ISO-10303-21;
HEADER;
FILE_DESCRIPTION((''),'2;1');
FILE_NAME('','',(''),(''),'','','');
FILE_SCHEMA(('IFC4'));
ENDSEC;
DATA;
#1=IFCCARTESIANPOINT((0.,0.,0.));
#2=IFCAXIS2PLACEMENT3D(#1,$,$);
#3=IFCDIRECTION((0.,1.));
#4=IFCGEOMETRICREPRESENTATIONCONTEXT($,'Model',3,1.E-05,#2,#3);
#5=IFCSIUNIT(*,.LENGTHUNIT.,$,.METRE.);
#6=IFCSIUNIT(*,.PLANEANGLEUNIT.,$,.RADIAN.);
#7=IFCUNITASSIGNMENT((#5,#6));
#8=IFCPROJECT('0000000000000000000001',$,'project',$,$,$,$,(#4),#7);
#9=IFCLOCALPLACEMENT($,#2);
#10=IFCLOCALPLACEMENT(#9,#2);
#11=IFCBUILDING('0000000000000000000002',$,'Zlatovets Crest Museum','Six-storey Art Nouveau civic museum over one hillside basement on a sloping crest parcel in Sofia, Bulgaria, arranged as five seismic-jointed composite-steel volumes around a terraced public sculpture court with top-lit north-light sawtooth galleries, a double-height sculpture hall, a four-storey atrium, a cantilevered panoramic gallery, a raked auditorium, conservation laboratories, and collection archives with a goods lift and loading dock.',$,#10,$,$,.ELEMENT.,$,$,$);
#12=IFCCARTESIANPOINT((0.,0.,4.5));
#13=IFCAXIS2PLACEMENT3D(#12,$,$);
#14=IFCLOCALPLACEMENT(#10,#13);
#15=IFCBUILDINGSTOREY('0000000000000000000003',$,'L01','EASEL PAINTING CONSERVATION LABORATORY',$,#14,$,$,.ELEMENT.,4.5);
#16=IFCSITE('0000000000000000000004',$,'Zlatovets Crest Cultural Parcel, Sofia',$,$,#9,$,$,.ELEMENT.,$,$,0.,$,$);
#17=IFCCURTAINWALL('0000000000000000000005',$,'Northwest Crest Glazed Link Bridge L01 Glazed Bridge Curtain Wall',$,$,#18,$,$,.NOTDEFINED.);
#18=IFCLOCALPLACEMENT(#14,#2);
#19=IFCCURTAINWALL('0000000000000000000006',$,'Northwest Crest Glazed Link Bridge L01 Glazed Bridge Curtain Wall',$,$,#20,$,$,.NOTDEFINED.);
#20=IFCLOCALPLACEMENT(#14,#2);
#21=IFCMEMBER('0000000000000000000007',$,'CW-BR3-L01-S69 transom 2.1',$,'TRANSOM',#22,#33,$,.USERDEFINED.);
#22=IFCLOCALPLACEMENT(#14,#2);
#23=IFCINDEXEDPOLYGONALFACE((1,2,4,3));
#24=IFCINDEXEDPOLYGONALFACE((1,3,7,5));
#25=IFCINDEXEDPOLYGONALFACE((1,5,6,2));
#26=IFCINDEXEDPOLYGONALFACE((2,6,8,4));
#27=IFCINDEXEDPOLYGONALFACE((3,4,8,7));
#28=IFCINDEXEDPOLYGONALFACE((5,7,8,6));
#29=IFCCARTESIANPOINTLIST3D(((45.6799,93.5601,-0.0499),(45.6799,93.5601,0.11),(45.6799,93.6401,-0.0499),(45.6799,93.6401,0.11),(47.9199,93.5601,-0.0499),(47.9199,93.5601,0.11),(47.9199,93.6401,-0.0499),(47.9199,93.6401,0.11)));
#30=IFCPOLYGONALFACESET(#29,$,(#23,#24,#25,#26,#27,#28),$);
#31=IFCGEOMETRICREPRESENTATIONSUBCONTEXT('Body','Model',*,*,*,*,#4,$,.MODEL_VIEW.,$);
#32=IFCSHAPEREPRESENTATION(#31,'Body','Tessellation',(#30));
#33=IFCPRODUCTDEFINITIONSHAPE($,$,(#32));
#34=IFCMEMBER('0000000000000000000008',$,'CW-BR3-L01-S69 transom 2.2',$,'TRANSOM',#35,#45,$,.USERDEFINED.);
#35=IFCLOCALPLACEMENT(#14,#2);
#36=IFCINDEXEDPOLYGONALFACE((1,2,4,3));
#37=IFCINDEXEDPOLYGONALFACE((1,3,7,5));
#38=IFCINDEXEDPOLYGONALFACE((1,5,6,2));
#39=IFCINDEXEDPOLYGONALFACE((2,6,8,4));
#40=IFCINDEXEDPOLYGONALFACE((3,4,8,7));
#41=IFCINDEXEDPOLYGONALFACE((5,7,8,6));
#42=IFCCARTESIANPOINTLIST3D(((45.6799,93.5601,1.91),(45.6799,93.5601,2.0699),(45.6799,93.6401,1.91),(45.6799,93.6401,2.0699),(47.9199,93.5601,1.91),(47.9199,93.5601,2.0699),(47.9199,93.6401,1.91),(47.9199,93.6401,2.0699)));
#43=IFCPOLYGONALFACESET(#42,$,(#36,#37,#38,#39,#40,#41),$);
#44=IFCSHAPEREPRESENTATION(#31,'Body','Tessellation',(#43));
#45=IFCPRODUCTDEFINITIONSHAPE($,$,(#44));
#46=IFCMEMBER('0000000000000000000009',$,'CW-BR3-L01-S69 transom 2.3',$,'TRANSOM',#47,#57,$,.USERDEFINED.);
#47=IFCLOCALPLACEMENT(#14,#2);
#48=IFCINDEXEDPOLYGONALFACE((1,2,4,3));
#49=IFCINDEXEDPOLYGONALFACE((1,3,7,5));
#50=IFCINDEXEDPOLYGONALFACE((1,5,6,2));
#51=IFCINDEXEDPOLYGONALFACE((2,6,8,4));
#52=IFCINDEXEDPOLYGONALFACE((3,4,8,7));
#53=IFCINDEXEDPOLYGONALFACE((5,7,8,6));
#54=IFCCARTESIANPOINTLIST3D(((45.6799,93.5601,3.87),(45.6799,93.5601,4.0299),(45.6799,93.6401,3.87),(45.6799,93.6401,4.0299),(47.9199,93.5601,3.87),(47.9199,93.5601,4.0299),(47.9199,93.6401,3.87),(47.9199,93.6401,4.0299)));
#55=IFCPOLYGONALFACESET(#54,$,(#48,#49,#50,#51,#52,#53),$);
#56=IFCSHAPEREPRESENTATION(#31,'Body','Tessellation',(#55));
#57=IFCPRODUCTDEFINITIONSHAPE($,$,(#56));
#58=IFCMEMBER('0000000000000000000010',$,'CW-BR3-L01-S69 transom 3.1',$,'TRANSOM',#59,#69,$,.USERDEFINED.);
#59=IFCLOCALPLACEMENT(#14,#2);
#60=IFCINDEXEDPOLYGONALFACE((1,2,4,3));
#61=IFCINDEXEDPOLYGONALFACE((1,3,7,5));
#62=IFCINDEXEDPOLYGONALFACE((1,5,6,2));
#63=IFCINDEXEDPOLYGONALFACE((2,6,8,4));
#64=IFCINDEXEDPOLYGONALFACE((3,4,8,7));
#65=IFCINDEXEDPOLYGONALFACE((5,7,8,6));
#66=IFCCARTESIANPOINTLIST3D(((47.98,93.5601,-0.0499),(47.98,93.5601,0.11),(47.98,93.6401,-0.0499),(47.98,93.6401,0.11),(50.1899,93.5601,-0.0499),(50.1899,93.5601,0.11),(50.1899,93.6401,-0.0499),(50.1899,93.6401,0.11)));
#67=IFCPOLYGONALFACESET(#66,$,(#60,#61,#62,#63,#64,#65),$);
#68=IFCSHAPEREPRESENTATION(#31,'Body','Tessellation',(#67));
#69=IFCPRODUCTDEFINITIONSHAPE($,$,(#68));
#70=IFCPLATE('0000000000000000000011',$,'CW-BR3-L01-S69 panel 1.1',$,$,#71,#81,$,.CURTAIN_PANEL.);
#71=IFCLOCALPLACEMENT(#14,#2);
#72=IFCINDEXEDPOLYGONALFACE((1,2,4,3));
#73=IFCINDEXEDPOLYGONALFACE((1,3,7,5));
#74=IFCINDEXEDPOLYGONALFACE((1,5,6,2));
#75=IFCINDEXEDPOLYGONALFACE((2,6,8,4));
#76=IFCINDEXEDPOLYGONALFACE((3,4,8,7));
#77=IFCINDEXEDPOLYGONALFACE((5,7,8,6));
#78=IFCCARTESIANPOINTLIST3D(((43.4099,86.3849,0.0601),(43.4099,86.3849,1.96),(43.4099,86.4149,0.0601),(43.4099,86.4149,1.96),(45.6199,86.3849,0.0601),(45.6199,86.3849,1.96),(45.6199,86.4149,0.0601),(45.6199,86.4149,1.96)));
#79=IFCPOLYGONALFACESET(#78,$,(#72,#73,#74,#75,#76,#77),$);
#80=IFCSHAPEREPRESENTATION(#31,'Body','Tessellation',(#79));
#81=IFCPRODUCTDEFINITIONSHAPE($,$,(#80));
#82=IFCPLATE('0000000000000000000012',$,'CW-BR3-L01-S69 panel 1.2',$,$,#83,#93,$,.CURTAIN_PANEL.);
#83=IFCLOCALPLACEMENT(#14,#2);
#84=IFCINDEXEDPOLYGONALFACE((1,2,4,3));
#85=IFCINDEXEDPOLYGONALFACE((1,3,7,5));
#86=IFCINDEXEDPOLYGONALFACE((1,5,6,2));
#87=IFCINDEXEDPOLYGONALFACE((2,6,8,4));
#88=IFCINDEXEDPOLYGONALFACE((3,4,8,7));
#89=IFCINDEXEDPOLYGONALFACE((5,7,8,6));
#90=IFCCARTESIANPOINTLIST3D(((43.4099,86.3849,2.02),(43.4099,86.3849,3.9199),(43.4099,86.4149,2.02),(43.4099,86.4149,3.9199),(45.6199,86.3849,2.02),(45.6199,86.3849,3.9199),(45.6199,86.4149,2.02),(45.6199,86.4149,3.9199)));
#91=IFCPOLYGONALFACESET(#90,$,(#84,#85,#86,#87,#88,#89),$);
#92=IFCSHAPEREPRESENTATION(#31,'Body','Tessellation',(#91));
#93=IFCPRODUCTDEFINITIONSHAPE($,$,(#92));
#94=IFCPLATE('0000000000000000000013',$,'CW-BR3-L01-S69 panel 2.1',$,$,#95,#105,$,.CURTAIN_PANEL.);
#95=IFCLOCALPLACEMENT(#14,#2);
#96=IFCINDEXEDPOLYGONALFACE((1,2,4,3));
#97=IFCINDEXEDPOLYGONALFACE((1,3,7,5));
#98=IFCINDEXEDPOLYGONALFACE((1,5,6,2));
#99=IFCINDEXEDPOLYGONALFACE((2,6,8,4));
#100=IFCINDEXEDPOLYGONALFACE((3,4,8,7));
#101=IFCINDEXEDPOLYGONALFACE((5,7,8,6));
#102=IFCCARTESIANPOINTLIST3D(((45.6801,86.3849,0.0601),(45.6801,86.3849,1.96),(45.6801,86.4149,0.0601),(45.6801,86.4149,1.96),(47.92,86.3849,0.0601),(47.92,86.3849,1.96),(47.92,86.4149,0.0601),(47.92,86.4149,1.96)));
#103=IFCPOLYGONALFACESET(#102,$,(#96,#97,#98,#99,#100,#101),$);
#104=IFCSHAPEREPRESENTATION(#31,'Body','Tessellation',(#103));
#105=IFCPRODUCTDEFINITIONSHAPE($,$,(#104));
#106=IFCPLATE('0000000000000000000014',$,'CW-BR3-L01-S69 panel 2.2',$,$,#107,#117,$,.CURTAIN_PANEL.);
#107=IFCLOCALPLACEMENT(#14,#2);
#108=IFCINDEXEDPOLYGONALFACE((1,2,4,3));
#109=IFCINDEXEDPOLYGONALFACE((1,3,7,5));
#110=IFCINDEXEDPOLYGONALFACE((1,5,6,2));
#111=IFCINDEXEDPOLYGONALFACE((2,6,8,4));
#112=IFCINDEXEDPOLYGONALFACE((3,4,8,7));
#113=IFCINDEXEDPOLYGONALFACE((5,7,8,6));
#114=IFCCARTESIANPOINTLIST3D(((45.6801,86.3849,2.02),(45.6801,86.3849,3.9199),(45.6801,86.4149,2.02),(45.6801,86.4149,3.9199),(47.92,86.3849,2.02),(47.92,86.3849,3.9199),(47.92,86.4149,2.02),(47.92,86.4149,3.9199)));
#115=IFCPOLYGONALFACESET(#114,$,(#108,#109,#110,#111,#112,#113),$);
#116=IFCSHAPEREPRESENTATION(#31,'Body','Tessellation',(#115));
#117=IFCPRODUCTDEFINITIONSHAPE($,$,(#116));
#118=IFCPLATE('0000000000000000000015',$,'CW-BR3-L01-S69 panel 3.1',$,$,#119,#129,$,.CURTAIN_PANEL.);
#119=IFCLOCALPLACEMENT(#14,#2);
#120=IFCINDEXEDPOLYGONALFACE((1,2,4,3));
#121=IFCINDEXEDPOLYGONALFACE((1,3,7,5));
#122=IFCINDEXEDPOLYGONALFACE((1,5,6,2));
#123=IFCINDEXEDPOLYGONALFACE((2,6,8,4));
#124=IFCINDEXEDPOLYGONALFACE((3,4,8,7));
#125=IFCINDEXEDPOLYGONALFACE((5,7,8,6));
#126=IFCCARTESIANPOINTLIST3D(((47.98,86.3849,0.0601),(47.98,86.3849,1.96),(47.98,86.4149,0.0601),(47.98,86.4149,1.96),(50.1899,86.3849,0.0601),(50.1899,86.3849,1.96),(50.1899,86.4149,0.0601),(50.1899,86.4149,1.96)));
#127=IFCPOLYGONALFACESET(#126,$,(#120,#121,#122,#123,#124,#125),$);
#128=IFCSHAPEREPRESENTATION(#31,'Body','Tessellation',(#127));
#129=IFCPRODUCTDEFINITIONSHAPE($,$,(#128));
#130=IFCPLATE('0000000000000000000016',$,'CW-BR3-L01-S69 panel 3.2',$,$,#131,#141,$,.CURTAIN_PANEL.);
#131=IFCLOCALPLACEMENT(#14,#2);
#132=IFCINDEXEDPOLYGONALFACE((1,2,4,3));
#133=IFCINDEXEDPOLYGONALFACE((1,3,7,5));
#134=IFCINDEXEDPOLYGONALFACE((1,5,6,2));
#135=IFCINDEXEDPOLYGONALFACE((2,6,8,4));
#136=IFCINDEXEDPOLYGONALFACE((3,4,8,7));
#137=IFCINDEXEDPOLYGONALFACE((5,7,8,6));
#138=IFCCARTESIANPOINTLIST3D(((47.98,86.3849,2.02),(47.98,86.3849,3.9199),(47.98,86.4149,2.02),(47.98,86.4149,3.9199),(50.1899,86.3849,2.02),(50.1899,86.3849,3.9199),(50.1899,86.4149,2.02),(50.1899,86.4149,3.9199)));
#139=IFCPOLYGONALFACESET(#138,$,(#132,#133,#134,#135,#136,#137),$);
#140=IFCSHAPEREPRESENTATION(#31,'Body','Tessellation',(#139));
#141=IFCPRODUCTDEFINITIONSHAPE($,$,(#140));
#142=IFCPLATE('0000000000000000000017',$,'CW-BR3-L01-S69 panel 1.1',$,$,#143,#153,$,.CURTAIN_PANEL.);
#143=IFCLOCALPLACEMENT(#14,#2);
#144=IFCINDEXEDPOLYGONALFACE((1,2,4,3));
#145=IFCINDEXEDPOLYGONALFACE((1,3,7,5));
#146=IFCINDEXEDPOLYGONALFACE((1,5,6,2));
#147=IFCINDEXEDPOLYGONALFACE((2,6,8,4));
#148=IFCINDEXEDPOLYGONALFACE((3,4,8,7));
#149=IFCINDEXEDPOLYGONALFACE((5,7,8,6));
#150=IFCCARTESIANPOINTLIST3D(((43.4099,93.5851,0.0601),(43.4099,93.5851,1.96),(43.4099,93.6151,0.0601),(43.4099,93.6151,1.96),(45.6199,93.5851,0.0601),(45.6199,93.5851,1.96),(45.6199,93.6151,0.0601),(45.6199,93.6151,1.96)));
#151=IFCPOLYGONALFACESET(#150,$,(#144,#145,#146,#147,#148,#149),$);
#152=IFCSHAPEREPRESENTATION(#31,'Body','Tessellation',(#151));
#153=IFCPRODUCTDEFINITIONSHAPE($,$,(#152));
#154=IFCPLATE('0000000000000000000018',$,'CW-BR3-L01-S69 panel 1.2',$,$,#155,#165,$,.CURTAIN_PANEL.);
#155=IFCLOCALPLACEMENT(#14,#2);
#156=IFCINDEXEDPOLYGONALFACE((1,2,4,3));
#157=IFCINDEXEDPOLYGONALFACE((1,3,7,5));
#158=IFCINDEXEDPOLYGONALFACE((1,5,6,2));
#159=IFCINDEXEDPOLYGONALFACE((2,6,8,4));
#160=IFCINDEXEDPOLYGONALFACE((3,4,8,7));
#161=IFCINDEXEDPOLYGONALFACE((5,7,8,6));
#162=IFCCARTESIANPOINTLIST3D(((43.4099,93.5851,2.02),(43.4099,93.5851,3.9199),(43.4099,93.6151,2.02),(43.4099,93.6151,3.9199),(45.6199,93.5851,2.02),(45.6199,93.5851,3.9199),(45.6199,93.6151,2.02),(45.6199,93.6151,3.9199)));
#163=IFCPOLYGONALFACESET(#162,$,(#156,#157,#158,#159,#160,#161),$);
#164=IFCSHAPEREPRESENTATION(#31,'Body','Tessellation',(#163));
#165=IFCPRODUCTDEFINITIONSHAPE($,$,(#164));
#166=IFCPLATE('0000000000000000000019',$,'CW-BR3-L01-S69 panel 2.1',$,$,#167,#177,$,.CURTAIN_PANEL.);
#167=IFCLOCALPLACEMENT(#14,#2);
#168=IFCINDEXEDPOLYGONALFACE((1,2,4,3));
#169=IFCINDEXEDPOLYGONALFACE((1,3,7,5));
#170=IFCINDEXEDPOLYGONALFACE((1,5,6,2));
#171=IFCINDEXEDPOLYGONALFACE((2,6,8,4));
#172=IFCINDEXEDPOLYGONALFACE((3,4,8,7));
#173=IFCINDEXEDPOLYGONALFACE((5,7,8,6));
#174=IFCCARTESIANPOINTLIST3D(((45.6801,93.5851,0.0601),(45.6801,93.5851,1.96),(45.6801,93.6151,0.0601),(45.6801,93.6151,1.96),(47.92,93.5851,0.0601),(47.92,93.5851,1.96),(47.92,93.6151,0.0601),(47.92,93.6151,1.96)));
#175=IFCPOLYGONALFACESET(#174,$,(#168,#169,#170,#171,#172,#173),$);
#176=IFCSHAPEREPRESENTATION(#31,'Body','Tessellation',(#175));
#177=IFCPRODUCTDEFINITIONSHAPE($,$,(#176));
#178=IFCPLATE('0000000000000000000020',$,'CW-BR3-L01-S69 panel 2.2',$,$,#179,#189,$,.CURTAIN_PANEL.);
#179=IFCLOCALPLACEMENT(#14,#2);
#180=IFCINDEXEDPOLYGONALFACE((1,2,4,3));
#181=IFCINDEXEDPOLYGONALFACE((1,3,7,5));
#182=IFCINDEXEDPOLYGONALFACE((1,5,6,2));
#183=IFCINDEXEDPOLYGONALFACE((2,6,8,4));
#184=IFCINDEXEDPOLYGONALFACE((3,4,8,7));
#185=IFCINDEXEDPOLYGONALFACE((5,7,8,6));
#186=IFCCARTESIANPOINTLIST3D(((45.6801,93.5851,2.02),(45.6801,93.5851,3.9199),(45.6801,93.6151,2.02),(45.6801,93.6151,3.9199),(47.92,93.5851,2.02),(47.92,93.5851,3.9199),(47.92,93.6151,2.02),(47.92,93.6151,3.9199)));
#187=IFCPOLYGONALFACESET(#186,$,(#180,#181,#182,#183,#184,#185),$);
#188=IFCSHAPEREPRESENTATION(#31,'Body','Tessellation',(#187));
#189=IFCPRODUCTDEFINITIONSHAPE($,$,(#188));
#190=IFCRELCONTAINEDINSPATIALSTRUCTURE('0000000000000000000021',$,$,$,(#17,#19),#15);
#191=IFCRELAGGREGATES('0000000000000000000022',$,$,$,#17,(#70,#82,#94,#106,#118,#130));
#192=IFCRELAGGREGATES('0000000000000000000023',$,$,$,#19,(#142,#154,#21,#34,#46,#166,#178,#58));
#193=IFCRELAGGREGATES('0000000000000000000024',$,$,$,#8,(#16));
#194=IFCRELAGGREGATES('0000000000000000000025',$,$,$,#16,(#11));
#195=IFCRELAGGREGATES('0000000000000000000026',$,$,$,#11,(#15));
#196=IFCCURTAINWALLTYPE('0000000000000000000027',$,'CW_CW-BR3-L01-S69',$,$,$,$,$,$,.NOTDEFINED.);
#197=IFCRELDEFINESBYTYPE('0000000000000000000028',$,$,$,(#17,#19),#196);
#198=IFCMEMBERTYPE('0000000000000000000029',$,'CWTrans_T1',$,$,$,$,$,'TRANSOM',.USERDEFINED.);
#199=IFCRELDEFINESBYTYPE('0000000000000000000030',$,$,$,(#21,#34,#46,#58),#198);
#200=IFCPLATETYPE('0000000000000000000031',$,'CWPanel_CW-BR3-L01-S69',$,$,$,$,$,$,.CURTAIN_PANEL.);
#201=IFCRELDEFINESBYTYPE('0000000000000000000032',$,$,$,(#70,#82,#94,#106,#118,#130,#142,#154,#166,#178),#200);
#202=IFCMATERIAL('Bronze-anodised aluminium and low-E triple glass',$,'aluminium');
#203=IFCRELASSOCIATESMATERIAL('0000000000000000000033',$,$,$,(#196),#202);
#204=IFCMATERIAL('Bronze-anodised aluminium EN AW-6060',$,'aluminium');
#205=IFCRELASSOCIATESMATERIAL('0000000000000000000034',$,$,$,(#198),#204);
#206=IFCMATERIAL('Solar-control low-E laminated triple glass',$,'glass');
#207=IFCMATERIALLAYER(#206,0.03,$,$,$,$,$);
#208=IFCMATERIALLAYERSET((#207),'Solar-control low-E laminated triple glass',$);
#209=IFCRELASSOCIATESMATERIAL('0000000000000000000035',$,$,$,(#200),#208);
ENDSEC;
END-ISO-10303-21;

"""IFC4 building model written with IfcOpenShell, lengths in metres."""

from ifc_helpers import new_model, si_unit, direction, frame, origin, origin_2d, place, context, subcontext, project, spatial, rectangle, extrude, material, layer, layer_set, material_profile, profile_set, type_object, element, aggregate, save


model = new_model("IFC4")

# Units and contexts
model_context = context("Model", 3, precision=1e-05, world=origin(), true_north=direction((0.0, 1.0)))
body_context = subcontext(model_context, "Body", "Model", "MODEL_VIEW")
ifc_project = project(units=[si_unit("LENGTHUNIT", "METRE"), si_unit("PLANEANGLEUNIT", "RADIAN")], contexts=[model_context])

# Site, building, storey
site_placement = place(None, origin())
site = spatial("IfcSite", under=ifc_project, at=site_placement, Name="Zlatovets Crest Cultural Parcel, Sofia", CompositionType="ELEMENT", RefElevation=0.0)
building_placement = place(site_placement, origin())
building = spatial("IfcBuilding", under=site, at=building_placement, Name="Zlatovets Crest Museum", Description="Six-storey Art Nouveau civic museum over one hillside basement on a sloping crest parcel in Sofia, Bulgaria, arranged as five seismic-jointed composite-steel volumes around a terraced public sculpture court with top-lit north-light sawtooth galleries, a double-height sculpture hall, a four-storey atrium, a cantilevered panoramic gallery, a raked auditorium, conservation laboratories, and collection archives with a goods lift and loading dock.", CompositionType="ELEMENT")
storey_placement = place(building_placement, frame((0.0, 0.0, 4.5)))
storey = spatial("IfcBuildingStorey", under=building, at=storey_placement, Name="L01", Description="EASEL PAINTING CONSERVATION LABORATORY", CompositionType="ELEMENT", Elevation=4.5)

# Curtain walls
ifc_material_1 = material(Name="Bronze-anodised aluminium and low-E triple glass", Category="aluminium")
curtain_wall_type = type_object("IfcCurtainWallType", Name="CW_CW-BR3-L01-S69", PredefinedType="NOTDEFINED", material=ifc_material_1)
curtain_wall_1_placement = place(storey_placement, origin())
curtain_wall_1 = element("IfcCurtainWall", 1, at=curtain_wall_1_placement, inside=storey, type_object=curtain_wall_type, Name="Northwest Crest Glazed Link Bridge L01 Glazed Bridge Curtain Wall", PredefinedType="NOTDEFINED")
ifc_material_2 = material(Name="Bronze-anodised aluminium EN AW-6060", Category="aluminium")
curtain_wall_2_placement = place(storey_placement, origin())
curtain_wall_2 = element("IfcCurtainWall", 2, at=curtain_wall_2_placement, inside=storey, type_object=curtain_wall_type, Name="Northwest Crest Glazed Link Bridge L01 Glazed Bridge Curtain Wall", PredefinedType="NOTDEFINED")

# Members
ifc_material_profile_1 = material_profile(ifc_material_2, rectangle(XDim=0.0801, YDim=0.1599, at=origin_2d()), Name="ALU 80x160")
ifc_profile_set_1 = profile_set([ifc_material_profile_1], Name="Bronze-anodised aluminium EN AW-6060")
member_type_1 = type_object("IfcMemberType", Name="CWTrans_T1", ElementType="TRANSOM", PredefinedType="USERDEFINED", material=ifc_profile_set_1)
member_1_placement = place(storey_placement, frame((45.6799, 93.6001, 0.03), z_axis=(1.0, 0.0, 0.0), x_axis=(0.0, 1.0, 0.0)))
member_1 = element("IfcMember", 3, at=member_1_placement, type_object=member_type_1, Name="CW-BR3-L01-S69 transom 2.1", ObjectType="TRANSOM", PredefinedType="USERDEFINED", context=body_context, shape_type="SweptSolid", body=[
    extrude(rectangle(XDim=0.0801, YDim=0.1599, at=origin_2d()), origin(), (0.0, 0.0, 1.0), 2.24),
])
member_2_placement = place(storey_placement, frame((45.6799, 93.6001, 1.99), z_axis=(1.0, 0.0, 0.0), x_axis=(0.0, 1.0, 0.0)))
member_2 = element("IfcMember", 4, at=member_2_placement, type_object=member_type_1, Name="CW-BR3-L01-S69 transom 2.2", ObjectType="TRANSOM", PredefinedType="USERDEFINED", context=body_context, shape_type="SweptSolid", body=[
    extrude(rectangle(XDim=0.0801, YDim=0.1599, at=origin_2d()), origin(), (0.0, 0.0, 1.0), 2.24),
])
member_3_placement = place(storey_placement, frame((45.6799, 93.6001, 3.95), z_axis=(1.0, 0.0, 0.0), x_axis=(0.0, 1.0, 0.0)))
member_3 = element("IfcMember", 5, at=member_3_placement, type_object=member_type_1, Name="CW-BR3-L01-S69 transom 2.3", ObjectType="TRANSOM", PredefinedType="USERDEFINED", context=body_context, shape_type="SweptSolid", body=[
    extrude(rectangle(XDim=0.0801, YDim=0.1599, at=origin_2d()), origin(), (0.0, 0.0, 1.0), 2.24),
])
member_4_placement = place(storey_placement, frame((47.98, 93.6001, 0.03), z_axis=(1.0, 0.0, 0.0), x_axis=(0.0, 1.0, 0.0)))
member_4 = element("IfcMember", 6, at=member_4_placement, type_object=member_type_1, Name="CW-BR3-L01-S69 transom 3.1", ObjectType="TRANSOM", PredefinedType="USERDEFINED", context=body_context, shape_type="SweptSolid", body=[
    extrude(rectangle(XDim=0.0801, YDim=0.1599, at=origin_2d()), origin(), (0.0, 0.0, 1.0), 2.21),
])

# Plates
ifc_material_3 = material(Name="Solar-control low-E laminated triple glass", Category="glass")
ifc_layer = layer(ifc_material_3, 0.03)
ifc_layer_set = layer_set([ifc_layer], Name="Solar-control low-E laminated triple glass")
plate_type = type_object("IfcPlateType", Name="CWPanel_CW-BR3-L01-S69", PredefinedType="CURTAIN_PANEL", material=ifc_layer_set)
plate_1_placement = place(storey_placement, frame((44.5149, 86.3999, 0.0601), z_axis=(0.0, 0.0, 1.0), x_axis=(1.0, 0.0, 0.0)))
plate_1 = element("IfcPlate", 7, at=plate_1_placement, type_object=plate_type, Name="CW-BR3-L01-S69 panel 1.1", PredefinedType="CURTAIN_PANEL", context=body_context, shape_type="SweptSolid", body=[
    extrude(rectangle(XDim=2.21, YDim=0.03, at=origin_2d()), origin(), (0.0, 0.0, 1.0), 1.8999),
])
plate_2_placement = place(storey_placement, frame((44.5149, 86.3999, 2.02), z_axis=(0.0, 0.0, 1.0), x_axis=(1.0, 0.0, 0.0)))
plate_2 = element("IfcPlate", 8, at=plate_2_placement, type_object=plate_type, Name="CW-BR3-L01-S69 panel 1.2", PredefinedType="CURTAIN_PANEL", context=body_context, shape_type="SweptSolid", body=[
    extrude(rectangle(XDim=2.21, YDim=0.03, at=origin_2d()), origin(), (0.0, 0.0, 1.0), 1.8999),
])
plate_3_placement = place(storey_placement, frame((46.8, 86.3999, 0.0601), z_axis=(0.0, 0.0, 1.0), x_axis=(1.0, 0.0, 0.0)))
plate_3 = element("IfcPlate", 9, at=plate_3_placement, type_object=plate_type, Name="CW-BR3-L01-S69 panel 2.1", PredefinedType="CURTAIN_PANEL", context=body_context, shape_type="SweptSolid", body=[
    extrude(rectangle(XDim=2.24, YDim=0.03, at=origin_2d()), origin(), (0.0, 0.0, 1.0), 1.8999),
])
plate_4_placement = place(storey_placement, frame((46.8, 86.3999, 2.02), z_axis=(0.0, 0.0, 1.0), x_axis=(1.0, 0.0, 0.0)))
plate_4 = element("IfcPlate", 10, at=plate_4_placement, type_object=plate_type, Name="CW-BR3-L01-S69 panel 2.2", PredefinedType="CURTAIN_PANEL", context=body_context, shape_type="SweptSolid", body=[
    extrude(rectangle(XDim=2.24, YDim=0.03, at=origin_2d()), origin(), (0.0, 0.0, 1.0), 1.8999),
])
plate_5_placement = place(storey_placement, frame((49.085, 86.3999, 0.0601), z_axis=(0.0, 0.0, 1.0), x_axis=(1.0, 0.0, 0.0)))
plate_5 = element("IfcPlate", 11, at=plate_5_placement, type_object=plate_type, Name="CW-BR3-L01-S69 panel 3.1", PredefinedType="CURTAIN_PANEL", context=body_context, shape_type="SweptSolid", body=[
    extrude(rectangle(XDim=2.21, YDim=0.03, at=origin_2d()), origin(), (0.0, 0.0, 1.0), 1.8999),
])
plate_6_placement = place(storey_placement, frame((49.085, 86.3999, 2.02), z_axis=(0.0, 0.0, 1.0), x_axis=(1.0, 0.0, 0.0)))
plate_6 = element("IfcPlate", 12, at=plate_6_placement, type_object=plate_type, Name="CW-BR3-L01-S69 panel 3.2", PredefinedType="CURTAIN_PANEL", context=body_context, shape_type="SweptSolid", body=[
    extrude(rectangle(XDim=2.21, YDim=0.03, at=origin_2d()), origin(), (0.0, 0.0, 1.0), 1.8999),
])
aggregate(curtain_wall_1, [plate_1, plate_2, plate_3, plate_4, plate_5, plate_6])
plate_7_placement = place(storey_placement, frame((44.5149, 93.6001, 0.0601), z_axis=(0.0, 0.0, 1.0), x_axis=(1.0, 0.0, 0.0)))
plate_7 = element("IfcPlate", 13, at=plate_7_placement, type_object=plate_type, Name="CW-BR3-L01-S69 panel 1.1", PredefinedType="CURTAIN_PANEL", context=body_context, shape_type="SweptSolid", body=[
    extrude(rectangle(XDim=2.21, YDim=0.03, at=origin_2d()), origin(), (0.0, 0.0, 1.0), 1.8999),
])
plate_8_placement = place(storey_placement, frame((44.5149, 93.6001, 2.02), z_axis=(0.0, 0.0, 1.0), x_axis=(1.0, 0.0, 0.0)))
plate_8 = element("IfcPlate", 14, at=plate_8_placement, type_object=plate_type, Name="CW-BR3-L01-S69 panel 1.2", PredefinedType="CURTAIN_PANEL", context=body_context, shape_type="SweptSolid", body=[
    extrude(rectangle(XDim=2.21, YDim=0.03, at=origin_2d()), origin(), (0.0, 0.0, 1.0), 1.8999),
])
plate_9_placement = place(storey_placement, frame((46.8, 93.6001, 0.0601), z_axis=(0.0, 0.0, 1.0), x_axis=(1.0, 0.0, 0.0)))
plate_9 = element("IfcPlate", 15, at=plate_9_placement, type_object=plate_type, Name="CW-BR3-L01-S69 panel 2.1", PredefinedType="CURTAIN_PANEL", context=body_context, shape_type="SweptSolid", body=[
    extrude(rectangle(XDim=2.24, YDim=0.03, at=origin_2d()), origin(), (0.0, 0.0, 1.0), 1.8999),
])
plate_10_placement = place(storey_placement, frame((46.8, 93.6001, 2.02), z_axis=(0.0, 0.0, 1.0), x_axis=(1.0, 0.0, 0.0)))
plate_10 = element("IfcPlate", 16, at=plate_10_placement, type_object=plate_type, Name="CW-BR3-L01-S69 panel 2.2", PredefinedType="CURTAIN_PANEL", context=body_context, shape_type="SweptSolid", body=[
    extrude(rectangle(XDim=2.24, YDim=0.03, at=origin_2d()), origin(), (0.0, 0.0, 1.0), 1.8999),
])
aggregate(curtain_wall_2, [plate_7, plate_8, member_1, member_2, member_3, plate_9, plate_10, member_4])

save(model, "model.ifc")
